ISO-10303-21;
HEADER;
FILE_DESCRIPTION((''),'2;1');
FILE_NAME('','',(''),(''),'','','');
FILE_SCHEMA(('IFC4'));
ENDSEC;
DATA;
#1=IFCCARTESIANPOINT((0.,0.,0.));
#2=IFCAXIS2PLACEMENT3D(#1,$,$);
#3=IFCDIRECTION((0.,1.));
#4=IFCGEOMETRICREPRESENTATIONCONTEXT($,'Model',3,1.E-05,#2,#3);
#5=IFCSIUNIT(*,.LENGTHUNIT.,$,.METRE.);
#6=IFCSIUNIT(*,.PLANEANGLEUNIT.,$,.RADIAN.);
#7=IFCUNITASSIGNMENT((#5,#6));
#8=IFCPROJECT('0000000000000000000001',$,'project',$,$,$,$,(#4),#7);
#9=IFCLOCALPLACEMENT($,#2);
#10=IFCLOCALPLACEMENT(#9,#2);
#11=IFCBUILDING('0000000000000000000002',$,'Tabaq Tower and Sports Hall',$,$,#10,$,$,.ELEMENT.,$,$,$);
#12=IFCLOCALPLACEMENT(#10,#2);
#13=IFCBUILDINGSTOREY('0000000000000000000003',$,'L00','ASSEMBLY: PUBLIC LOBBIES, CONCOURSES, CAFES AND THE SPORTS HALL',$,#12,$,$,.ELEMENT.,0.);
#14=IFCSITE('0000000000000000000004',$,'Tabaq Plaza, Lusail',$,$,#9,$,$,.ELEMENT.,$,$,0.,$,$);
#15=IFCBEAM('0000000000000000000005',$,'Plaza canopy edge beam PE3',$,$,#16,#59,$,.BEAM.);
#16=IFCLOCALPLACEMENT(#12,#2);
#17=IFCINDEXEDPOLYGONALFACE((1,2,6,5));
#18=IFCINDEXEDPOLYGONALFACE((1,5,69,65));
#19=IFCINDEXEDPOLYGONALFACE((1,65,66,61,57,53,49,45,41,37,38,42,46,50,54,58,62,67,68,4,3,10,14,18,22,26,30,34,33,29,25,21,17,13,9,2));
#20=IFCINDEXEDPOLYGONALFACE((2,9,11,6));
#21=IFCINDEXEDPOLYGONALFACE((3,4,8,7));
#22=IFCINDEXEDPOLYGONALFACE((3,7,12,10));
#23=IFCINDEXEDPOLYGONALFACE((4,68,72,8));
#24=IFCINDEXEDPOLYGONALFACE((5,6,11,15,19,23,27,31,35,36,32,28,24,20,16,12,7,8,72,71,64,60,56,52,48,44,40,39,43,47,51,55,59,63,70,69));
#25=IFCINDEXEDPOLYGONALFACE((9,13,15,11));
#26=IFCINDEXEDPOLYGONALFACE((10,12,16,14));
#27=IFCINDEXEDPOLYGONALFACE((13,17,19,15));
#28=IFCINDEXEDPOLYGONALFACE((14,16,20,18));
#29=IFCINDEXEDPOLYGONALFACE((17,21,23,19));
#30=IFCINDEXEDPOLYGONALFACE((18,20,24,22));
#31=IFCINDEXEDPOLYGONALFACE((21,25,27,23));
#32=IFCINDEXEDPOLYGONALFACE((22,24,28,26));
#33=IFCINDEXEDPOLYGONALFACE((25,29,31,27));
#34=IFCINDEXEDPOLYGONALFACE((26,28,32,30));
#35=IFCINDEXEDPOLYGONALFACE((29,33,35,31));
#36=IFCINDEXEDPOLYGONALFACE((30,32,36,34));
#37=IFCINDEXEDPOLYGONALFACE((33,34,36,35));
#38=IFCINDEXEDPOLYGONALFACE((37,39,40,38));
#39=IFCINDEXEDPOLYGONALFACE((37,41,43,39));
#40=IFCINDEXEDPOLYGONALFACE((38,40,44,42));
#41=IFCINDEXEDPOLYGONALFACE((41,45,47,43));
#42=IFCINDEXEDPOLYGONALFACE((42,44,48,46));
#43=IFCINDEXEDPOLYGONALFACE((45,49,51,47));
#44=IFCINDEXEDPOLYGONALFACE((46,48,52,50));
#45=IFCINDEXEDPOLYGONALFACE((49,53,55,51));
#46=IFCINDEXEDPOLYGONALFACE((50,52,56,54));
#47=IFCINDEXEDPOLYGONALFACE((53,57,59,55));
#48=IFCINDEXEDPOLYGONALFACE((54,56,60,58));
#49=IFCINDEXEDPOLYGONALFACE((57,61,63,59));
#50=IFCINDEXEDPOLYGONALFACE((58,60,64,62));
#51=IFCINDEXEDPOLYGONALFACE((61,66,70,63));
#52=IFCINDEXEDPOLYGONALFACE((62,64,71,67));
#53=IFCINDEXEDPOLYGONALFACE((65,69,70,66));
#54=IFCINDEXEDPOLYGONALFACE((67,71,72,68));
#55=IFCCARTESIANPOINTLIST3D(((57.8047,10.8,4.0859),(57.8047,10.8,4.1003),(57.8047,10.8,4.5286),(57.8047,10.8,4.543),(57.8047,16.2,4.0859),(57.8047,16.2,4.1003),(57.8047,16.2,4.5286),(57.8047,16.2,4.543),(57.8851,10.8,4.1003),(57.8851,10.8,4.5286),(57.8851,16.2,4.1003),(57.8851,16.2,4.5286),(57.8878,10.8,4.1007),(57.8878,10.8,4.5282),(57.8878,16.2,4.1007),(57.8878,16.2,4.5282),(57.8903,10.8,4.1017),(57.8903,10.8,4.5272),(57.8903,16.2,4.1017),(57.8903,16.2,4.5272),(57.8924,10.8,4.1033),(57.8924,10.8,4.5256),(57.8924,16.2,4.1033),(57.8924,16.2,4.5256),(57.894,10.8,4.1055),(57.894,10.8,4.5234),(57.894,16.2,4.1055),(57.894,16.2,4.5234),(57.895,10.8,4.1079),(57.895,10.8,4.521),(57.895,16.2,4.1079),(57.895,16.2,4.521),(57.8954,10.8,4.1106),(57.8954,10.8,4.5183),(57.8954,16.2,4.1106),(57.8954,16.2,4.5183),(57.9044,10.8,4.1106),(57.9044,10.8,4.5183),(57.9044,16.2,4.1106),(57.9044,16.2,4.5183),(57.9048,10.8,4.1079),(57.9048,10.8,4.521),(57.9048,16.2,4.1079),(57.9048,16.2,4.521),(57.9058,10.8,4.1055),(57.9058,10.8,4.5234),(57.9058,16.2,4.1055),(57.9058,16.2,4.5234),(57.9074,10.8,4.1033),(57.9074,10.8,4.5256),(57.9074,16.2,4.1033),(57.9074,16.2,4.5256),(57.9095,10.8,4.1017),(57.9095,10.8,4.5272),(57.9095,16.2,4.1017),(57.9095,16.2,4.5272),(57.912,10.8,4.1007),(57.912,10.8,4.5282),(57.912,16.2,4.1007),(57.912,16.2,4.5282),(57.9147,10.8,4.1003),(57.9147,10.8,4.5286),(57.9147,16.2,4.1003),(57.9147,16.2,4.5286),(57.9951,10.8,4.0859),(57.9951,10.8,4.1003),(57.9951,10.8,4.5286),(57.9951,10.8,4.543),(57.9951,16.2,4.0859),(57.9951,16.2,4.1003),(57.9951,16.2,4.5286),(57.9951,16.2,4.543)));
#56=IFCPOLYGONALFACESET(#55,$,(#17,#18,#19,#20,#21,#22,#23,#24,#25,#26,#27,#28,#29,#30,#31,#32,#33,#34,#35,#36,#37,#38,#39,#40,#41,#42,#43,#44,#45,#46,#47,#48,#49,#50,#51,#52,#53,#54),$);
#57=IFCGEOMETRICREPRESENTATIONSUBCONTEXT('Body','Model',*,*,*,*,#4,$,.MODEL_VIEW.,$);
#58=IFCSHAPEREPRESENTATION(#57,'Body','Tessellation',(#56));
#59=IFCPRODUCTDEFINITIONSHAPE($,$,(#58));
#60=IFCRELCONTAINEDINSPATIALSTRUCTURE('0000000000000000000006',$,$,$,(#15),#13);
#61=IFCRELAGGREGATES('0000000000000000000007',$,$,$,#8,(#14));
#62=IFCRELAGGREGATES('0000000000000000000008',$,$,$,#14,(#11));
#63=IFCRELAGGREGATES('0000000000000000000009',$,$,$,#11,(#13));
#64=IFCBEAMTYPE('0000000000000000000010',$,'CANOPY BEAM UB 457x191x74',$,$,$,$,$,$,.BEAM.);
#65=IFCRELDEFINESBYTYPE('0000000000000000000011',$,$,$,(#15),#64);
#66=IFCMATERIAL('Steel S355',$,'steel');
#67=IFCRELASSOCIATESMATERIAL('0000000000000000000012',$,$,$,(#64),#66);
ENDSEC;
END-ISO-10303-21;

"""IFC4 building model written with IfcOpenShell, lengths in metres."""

from ifc_helpers import new_model, si_unit, direction, frame, origin, origin_2d, place, context, subcontext, project, spatial, i_section, extrude, material, material_profile, profile_set, type_object, element, save


model = new_model("IFC4")

# Units and contexts
model_context = context("Model", 3, precision=1e-05, world=origin(), true_north=direction((0.0, 1.0)))
body_context = subcontext(model_context, "Body", "Model", "MODEL_VIEW")
ifc_project = project(units=[si_unit("LENGTHUNIT", "METRE"), si_unit("PLANEANGLEUNIT", "RADIAN")], contexts=[model_context])

# Site, building, storey
site_placement = place(None, origin())
site = spatial("IfcSite", under=ifc_project, at=site_placement, Name="Tabaq Plaza, Lusail", CompositionType="ELEMENT", RefElevation=0.0)
building_placement = place(site_placement, origin())
building = spatial("IfcBuilding", under=site, at=building_placement, Name="Tabaq Tower and Sports Hall", CompositionType="ELEMENT")
storey_placement = place(building_placement, origin())
storey = spatial("IfcBuildingStorey", under=building, at=storey_placement, Name="L00", Description="ASSEMBLY: PUBLIC LOBBIES, CONCOURSES, CAFES AND THE SPORTS HALL", CompositionType="ELEMENT", Elevation=0.0)

# Beam
ifc_material_1 = material(Name="Steel S355", Category="steel")
ifc_material_profile_1 = material_profile(ifc_material_1, i_section(OverallWidth=0.1904, OverallDepth=0.457, WebThickness=0.009, FlangeThickness=0.0144, FilletRadius=0.0103, at=origin_2d()), Name="UB 457x191x74")
ifc_profile_set_1 = profile_set([ifc_material_profile_1], Name="Steel S355")
beam_type = type_object("IfcBeamType", Name="CANOPY BEAM UB 457x191x74", PredefinedType="BEAM", material=ifc_profile_set_1)
beam_1_placement = place(storey_placement, frame((57.8999, 10.8, 4.3145), z_axis=(0.0, 1.0, 0.0), x_axis=(-1.0, 0.0, 0.0)))
element("IfcBeam", 1, at=beam_1_placement, inside=storey, type_object=beam_type, Name="Plaza canopy edge beam PE3", PredefinedType="BEAM", context=body_context, shape_type="SweptSolid", body=[
    extrude(i_section(OverallWidth=0.1904, OverallDepth=0.457, WebThickness=0.009, FlangeThickness=0.0144, FilletRadius=0.0103, at=origin_2d()), origin(), (0.0, 0.0, 1.0), 5.3999),
])

save(model, "model.ifc")
